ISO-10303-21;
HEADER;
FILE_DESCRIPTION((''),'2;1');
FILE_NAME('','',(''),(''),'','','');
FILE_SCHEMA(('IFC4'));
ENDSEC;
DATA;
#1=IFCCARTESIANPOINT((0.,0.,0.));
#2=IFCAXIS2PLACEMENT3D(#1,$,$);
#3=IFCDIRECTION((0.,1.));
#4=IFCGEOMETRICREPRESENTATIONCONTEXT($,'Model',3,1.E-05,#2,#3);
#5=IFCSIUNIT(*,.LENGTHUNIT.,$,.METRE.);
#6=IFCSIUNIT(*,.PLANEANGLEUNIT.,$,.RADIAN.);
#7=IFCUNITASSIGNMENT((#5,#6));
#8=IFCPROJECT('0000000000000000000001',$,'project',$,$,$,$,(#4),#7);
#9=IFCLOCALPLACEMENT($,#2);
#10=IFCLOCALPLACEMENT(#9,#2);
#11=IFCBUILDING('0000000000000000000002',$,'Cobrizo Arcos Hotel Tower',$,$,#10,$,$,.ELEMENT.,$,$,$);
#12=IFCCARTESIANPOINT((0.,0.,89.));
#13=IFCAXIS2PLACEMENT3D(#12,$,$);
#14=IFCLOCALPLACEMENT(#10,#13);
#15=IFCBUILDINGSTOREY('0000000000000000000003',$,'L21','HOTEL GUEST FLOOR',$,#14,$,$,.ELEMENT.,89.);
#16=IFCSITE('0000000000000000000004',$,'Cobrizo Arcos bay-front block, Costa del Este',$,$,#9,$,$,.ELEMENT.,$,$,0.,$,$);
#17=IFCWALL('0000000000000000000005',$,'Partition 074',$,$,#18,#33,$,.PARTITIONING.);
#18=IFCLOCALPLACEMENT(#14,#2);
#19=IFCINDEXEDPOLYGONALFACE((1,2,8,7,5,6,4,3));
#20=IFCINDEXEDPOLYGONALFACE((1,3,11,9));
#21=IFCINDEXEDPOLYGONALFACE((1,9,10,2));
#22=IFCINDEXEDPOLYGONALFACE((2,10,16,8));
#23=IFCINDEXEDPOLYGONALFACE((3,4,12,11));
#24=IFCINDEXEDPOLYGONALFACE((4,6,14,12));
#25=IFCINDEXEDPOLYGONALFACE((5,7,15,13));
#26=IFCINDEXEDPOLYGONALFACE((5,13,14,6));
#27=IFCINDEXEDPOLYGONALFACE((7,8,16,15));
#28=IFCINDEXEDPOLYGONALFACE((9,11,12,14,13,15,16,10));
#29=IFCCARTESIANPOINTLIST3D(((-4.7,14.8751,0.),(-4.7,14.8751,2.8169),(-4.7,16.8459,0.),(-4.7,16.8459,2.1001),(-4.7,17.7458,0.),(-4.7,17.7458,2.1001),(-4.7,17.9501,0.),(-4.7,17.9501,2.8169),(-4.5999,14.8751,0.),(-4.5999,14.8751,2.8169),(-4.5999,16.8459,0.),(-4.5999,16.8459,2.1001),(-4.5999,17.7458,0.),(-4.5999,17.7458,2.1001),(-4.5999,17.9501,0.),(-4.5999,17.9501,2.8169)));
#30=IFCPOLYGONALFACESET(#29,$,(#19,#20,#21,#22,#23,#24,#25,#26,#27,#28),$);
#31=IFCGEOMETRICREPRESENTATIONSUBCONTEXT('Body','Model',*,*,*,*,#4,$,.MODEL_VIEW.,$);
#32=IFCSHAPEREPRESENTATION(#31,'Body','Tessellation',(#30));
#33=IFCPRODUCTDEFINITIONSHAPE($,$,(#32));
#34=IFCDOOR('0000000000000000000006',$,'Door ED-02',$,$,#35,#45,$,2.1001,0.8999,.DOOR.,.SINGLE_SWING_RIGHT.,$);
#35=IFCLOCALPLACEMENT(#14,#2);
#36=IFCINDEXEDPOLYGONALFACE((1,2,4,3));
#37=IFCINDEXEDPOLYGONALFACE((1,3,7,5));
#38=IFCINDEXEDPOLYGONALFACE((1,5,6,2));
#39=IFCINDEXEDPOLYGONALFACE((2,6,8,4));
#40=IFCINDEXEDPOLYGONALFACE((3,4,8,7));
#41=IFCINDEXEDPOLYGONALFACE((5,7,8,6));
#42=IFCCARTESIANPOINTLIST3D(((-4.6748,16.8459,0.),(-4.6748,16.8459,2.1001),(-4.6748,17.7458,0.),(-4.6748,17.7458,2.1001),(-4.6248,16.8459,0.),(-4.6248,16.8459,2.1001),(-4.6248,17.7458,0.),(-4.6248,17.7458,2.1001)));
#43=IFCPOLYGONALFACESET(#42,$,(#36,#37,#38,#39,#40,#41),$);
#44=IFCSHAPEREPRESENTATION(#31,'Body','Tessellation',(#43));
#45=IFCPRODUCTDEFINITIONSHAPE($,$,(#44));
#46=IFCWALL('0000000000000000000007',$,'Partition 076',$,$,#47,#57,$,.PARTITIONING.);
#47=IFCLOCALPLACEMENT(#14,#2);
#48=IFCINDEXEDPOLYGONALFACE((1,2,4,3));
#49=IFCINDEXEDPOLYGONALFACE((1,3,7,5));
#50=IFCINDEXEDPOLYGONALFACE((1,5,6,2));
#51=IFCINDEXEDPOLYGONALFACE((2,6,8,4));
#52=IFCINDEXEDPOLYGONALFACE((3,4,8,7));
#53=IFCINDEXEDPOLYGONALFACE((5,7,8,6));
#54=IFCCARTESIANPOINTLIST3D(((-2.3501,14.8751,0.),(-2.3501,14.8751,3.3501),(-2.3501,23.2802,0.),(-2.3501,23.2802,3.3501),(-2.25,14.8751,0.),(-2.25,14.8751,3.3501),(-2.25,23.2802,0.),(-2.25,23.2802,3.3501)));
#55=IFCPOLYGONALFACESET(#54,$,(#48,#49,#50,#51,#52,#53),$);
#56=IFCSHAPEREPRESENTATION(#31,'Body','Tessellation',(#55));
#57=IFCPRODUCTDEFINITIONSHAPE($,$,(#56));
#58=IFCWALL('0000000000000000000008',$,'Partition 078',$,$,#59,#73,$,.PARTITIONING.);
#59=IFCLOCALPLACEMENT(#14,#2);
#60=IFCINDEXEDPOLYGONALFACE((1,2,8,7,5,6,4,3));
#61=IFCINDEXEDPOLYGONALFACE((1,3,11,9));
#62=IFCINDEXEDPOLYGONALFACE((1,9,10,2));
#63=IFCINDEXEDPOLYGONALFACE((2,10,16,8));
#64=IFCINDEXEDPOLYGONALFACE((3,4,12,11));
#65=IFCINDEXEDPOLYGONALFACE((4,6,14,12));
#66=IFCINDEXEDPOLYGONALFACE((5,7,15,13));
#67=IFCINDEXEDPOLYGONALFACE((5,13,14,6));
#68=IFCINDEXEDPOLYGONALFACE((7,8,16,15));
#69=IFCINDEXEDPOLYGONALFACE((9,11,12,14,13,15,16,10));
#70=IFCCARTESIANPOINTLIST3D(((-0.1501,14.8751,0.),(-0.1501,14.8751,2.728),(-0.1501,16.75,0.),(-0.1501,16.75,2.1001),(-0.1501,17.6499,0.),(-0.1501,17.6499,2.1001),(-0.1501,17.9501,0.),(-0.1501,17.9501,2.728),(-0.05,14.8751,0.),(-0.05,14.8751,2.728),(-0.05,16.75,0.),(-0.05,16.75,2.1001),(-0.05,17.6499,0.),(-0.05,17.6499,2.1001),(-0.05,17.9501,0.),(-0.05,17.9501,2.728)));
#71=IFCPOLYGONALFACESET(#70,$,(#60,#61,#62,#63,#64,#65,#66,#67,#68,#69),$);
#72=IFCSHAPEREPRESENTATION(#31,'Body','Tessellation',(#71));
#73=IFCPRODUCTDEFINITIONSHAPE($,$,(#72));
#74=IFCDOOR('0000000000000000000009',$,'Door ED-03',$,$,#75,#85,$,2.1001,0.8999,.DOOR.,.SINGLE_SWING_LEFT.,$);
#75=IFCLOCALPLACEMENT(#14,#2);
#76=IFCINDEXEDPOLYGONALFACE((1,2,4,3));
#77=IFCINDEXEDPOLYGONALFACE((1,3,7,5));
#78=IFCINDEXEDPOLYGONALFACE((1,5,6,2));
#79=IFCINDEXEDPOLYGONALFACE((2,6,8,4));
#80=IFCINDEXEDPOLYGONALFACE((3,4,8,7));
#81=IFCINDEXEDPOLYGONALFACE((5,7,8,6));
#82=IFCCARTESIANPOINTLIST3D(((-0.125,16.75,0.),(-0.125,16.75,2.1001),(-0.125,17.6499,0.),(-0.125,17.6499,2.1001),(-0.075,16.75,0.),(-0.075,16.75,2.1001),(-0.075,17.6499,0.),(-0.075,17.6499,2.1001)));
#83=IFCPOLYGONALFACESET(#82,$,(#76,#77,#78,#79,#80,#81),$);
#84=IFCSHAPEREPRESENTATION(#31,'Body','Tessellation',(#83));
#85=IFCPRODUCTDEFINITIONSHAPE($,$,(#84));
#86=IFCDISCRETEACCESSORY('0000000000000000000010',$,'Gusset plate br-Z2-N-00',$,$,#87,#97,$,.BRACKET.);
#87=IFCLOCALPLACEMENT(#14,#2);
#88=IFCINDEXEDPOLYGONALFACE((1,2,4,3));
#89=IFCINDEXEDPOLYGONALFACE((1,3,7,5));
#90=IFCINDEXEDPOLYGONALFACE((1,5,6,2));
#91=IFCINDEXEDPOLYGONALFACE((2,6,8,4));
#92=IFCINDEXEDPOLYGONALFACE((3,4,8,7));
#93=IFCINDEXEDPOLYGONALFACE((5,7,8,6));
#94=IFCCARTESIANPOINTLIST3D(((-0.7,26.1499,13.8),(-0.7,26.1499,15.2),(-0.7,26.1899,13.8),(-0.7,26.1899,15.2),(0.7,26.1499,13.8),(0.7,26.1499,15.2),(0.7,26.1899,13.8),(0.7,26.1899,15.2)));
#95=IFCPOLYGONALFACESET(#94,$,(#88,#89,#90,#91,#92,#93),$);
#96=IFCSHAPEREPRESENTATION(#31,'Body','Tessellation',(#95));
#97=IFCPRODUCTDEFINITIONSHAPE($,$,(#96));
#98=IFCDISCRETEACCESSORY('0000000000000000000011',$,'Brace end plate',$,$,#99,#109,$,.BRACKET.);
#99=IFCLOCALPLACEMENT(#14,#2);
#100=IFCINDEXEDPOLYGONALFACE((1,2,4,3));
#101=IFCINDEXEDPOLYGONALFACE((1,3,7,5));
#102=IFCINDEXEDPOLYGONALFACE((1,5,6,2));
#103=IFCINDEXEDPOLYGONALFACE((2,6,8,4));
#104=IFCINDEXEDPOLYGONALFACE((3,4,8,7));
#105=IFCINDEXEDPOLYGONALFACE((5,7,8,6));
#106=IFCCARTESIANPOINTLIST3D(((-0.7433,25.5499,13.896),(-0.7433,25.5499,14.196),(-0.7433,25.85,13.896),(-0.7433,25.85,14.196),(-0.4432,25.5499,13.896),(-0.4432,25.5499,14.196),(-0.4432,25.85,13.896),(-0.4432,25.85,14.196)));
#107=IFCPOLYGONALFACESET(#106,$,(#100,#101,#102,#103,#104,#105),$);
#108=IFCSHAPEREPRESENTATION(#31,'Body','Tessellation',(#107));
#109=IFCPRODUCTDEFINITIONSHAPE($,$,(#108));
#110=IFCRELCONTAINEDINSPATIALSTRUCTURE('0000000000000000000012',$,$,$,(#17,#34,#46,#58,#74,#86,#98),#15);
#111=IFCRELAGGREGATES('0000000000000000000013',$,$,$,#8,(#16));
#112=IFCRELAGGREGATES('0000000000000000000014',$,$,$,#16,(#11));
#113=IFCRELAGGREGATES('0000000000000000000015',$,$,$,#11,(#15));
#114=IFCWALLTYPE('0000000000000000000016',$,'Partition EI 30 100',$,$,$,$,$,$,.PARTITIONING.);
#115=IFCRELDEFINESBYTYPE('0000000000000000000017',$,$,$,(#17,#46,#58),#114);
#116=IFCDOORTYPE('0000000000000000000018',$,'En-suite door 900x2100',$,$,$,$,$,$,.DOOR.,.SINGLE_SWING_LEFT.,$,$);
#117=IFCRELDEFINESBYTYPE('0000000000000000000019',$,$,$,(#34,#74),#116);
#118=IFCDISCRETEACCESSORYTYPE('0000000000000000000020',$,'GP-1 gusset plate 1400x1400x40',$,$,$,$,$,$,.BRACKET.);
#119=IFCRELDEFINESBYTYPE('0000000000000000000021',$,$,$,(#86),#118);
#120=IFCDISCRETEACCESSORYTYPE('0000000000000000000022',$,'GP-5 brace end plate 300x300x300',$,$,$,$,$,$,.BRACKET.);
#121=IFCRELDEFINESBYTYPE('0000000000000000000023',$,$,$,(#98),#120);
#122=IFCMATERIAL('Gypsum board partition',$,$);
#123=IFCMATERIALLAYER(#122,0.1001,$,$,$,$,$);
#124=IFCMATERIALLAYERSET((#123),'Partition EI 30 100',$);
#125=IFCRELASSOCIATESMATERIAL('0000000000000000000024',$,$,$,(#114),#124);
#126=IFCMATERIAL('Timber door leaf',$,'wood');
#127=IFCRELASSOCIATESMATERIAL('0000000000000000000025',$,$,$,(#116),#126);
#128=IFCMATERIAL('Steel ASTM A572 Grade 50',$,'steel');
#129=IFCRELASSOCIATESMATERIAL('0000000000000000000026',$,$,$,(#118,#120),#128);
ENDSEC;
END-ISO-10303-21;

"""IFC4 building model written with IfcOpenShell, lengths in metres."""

from ifc_helpers import new_model, si_unit, direction, frame, frame_2d, origin, origin_2d, place, context, subcontext, project, spatial, rectangle, extrude, material, layer, layer_set, type_object, element, fill, save


model = new_model("IFC4")

# Units and contexts
model_context = context("Model", 3, precision=1e-05, world=origin(), true_north=direction((0.0, 1.0)))
body_context = subcontext(model_context, "Body", "Model", "MODEL_VIEW")
ifc_project = project(units=[si_unit("LENGTHUNIT", "METRE"), si_unit("PLANEANGLEUNIT", "RADIAN")], contexts=[model_context])

# Site, building, storey
site_placement = place(None, origin())
site = spatial("IfcSite", under=ifc_project, at=site_placement, Name="Cobrizo Arcos bay-front block, Costa del Este", CompositionType="ELEMENT", RefElevation=0.0)
building_placement = place(site_placement, origin())
building = spatial("IfcBuilding", under=site, at=building_placement, Name="Cobrizo Arcos Hotel Tower", CompositionType="ELEMENT")
storey_placement = place(building_placement, frame((0.0, 0.0, 89.0)))
storey = spatial("IfcBuildingStorey", under=building, at=storey_placement, Name="L21", Description="HOTEL GUEST FLOOR", CompositionType="ELEMENT", Elevation=89.0)

# Shared definitions
ifc_material_1 = material(Name="Steel ASTM A572 Grade 50", Category="steel")

# Shared definitions
ifc_material_2 = material(Name="Gypsum board partition")
ifc_layer_1 = layer(ifc_material_2, 0.1001)
ifc_layer_set_1 = layer_set([ifc_layer_1], Name="Partition EI 30 100")
wall_type = type_object("IfcWallType", Name="Partition EI 30 100", PredefinedType="PARTITIONING", material=ifc_layer_set_1)

# Wall, opening, door
wall_1_placement = place(storey_placement, frame((-4.6499, 14.875, 0.0), z_axis=(0.0, 0.0, 1.0), x_axis=(0.0, 1.0, 0.0)))
wall_1 = element("IfcWall", 1, at=wall_1_placement, inside=storey, type_object=wall_type, Name="Partition 074", PredefinedType="PARTITIONING", context=body_context, shape_type="SweptSolid", body=[
    extrude(rectangle(XDim=3.075, YDim=0.1001, at=frame_2d((1.5376, 0.0))), origin(), (0.0, 0.0, 1.0), 2.8169),
])
opening_1_placement = place(wall_1_placement, frame((1.9709, 0.0, 0.0)))
opening_1 = element("IfcOpeningElement", 2, at=opening_1_placement, cuts=wall_1, PredefinedType="OPENING", context=body_context, shape_type="SweptSolid", body=[
    extrude(rectangle(XDim=0.8999, YDim=2.1001, at=frame_2d((0.45, 1.05))), frame((0.0, 0.062, 0.0), z_axis=(0.0, -1.0, 0.0), x_axis=(1.0, 0.0, 0.0)), (0.0, 0.0, 1.0), 0.124),
])
ifc_material_3 = material(Name="Timber door leaf", Category="wood")
door_type = type_object("IfcDoorType", Name="En-suite door 900x2100", OperationType="SINGLE_SWING_LEFT", PredefinedType="DOOR", material=ifc_material_3)
door_1_placement = place(opening_1_placement, origin())
door_1 = element("IfcDoor", 3, at=door_1_placement, inside=storey, type_object=door_type, Name="Door ED-02", OperationType="SINGLE_SWING_RIGHT", OverallHeight=2.1001, OverallWidth=0.8999, PredefinedType="DOOR", context=body_context, shape_type="SweptSolid", body=[
    extrude(rectangle(XDim=0.8999, YDim=2.1001, at=frame_2d((0.45, 1.05))), frame((0.0, 0.0249, 0.0), z_axis=(0.0, -1.0, 0.0), x_axis=(1.0, 0.0, 0.0)), (0.0, 0.0, 1.0), 0.05),
])
fill(opening_1, door_1)

# Wall
wall_2_placement = place(storey_placement, frame((-2.3, 14.875, 0.0), z_axis=(0.0, 0.0, 1.0), x_axis=(0.0, 1.0, 0.0)))
element("IfcWall", 4, at=wall_2_placement, inside=storey, type_object=wall_type, Name="Partition 076", PredefinedType="PARTITIONING", context=body_context, shape_type="SweptSolid", body=[
    extrude(rectangle(XDim=8.405, YDim=0.1001, at=frame_2d((4.2026, 0.0))), origin(), (0.0, 0.0, 1.0), 3.3501),
])

# Wall, opening, door
wall_3_placement = place(storey_placement, frame((-0.1001, 14.875, 0.0), z_axis=(0.0, 0.0, 1.0), x_axis=(0.0, 1.0, 0.0)))
wall_3 = element("IfcWall", 5, at=wall_3_placement, inside=storey, type_object=wall_type, Name="Partition 078", PredefinedType="PARTITIONING", context=body_context, shape_type="SweptSolid", body=[
    extrude(rectangle(XDim=3.075, YDim=0.1001, at=frame_2d((1.5376, 0.0))), origin(), (0.0, 0.0, 1.0), 2.728),
])
opening_2_placement = place(wall_3_placement, frame((1.875, 0.0, 0.0)))
opening_2 = element("IfcOpeningElement", 6, at=opening_2_placement, cuts=wall_3, PredefinedType="OPENING", context=body_context, shape_type="SweptSolid", body=[
    extrude(rectangle(XDim=0.8999, YDim=2.1001, at=frame_2d((0.45, 1.05))), frame((0.0, 0.062, 0.0), z_axis=(0.0, -1.0, 0.0), x_axis=(1.0, 0.0, 0.0)), (0.0, 0.0, 1.0), 0.124),
])
door_2_placement = place(opening_2_placement, origin())
door_2 = element("IfcDoor", 7, at=door_2_placement, inside=storey, type_object=door_type, Name="Door ED-03", OperationType="SINGLE_SWING_LEFT", OverallHeight=2.1001, OverallWidth=0.8999, PredefinedType="DOOR", context=body_context, shape_type="SweptSolid", body=[
    extrude(rectangle(XDim=0.8999, YDim=2.1001, at=frame_2d((0.45, 1.05))), frame((0.0, 0.0249, 0.0), z_axis=(0.0, -1.0, 0.0), x_axis=(1.0, 0.0, 0.0)), (0.0, 0.0, 1.0), 0.05),
])
fill(opening_2, door_2)

# Discrete accessories
discrete_accessory_type_1 = type_object("IfcDiscreteAccessoryType", Name="GP-1 gusset plate 1400x1400x40", PredefinedType="BRACKET", material=ifc_material_1)
discrete_accessory_1_placement = place(storey_placement, frame((0.0, 26.1699, 13.8), z_axis=(0.0, 0.0, 1.0), x_axis=(1.0, 0.0, 0.0)))
element("IfcDiscreteAccessory", 8, at=discrete_accessory_1_placement, inside=storey, type_object=discrete_accessory_type_1, Name="Gusset plate br-Z2-N-00", PredefinedType="BRACKET", context=body_context, shape_type="SweptSolid", body=[
    extrude(rectangle(XDim=1.3999, YDim=0.04, at=origin_2d()), origin(), (0.0, 0.0, 1.0), 1.3999),
])
discrete_accessory_type_2 = type_object("IfcDiscreteAccessoryType", Name="GP-5 brace end plate 300x300x300", PredefinedType="BRACKET", material=ifc_material_1)
discrete_accessory_2_placement = place(storey_placement, frame((-0.5933, 25.7, 13.896), z_axis=(0.0, 0.0, 1.0), x_axis=(1.0, 0.0, 0.0)))
element("IfcDiscreteAccessory", 9, at=discrete_accessory_2_placement, inside=storey, type_object=discrete_accessory_type_2, Name="Brace end plate", PredefinedType="BRACKET", context=body_context, shape_type="SweptSolid", body=[
    extrude(rectangle(XDim=0.3, YDim=0.3, at=origin_2d()), origin(), (0.0, 0.0, 1.0), 0.3),
])

save(model, "model.ifc")
